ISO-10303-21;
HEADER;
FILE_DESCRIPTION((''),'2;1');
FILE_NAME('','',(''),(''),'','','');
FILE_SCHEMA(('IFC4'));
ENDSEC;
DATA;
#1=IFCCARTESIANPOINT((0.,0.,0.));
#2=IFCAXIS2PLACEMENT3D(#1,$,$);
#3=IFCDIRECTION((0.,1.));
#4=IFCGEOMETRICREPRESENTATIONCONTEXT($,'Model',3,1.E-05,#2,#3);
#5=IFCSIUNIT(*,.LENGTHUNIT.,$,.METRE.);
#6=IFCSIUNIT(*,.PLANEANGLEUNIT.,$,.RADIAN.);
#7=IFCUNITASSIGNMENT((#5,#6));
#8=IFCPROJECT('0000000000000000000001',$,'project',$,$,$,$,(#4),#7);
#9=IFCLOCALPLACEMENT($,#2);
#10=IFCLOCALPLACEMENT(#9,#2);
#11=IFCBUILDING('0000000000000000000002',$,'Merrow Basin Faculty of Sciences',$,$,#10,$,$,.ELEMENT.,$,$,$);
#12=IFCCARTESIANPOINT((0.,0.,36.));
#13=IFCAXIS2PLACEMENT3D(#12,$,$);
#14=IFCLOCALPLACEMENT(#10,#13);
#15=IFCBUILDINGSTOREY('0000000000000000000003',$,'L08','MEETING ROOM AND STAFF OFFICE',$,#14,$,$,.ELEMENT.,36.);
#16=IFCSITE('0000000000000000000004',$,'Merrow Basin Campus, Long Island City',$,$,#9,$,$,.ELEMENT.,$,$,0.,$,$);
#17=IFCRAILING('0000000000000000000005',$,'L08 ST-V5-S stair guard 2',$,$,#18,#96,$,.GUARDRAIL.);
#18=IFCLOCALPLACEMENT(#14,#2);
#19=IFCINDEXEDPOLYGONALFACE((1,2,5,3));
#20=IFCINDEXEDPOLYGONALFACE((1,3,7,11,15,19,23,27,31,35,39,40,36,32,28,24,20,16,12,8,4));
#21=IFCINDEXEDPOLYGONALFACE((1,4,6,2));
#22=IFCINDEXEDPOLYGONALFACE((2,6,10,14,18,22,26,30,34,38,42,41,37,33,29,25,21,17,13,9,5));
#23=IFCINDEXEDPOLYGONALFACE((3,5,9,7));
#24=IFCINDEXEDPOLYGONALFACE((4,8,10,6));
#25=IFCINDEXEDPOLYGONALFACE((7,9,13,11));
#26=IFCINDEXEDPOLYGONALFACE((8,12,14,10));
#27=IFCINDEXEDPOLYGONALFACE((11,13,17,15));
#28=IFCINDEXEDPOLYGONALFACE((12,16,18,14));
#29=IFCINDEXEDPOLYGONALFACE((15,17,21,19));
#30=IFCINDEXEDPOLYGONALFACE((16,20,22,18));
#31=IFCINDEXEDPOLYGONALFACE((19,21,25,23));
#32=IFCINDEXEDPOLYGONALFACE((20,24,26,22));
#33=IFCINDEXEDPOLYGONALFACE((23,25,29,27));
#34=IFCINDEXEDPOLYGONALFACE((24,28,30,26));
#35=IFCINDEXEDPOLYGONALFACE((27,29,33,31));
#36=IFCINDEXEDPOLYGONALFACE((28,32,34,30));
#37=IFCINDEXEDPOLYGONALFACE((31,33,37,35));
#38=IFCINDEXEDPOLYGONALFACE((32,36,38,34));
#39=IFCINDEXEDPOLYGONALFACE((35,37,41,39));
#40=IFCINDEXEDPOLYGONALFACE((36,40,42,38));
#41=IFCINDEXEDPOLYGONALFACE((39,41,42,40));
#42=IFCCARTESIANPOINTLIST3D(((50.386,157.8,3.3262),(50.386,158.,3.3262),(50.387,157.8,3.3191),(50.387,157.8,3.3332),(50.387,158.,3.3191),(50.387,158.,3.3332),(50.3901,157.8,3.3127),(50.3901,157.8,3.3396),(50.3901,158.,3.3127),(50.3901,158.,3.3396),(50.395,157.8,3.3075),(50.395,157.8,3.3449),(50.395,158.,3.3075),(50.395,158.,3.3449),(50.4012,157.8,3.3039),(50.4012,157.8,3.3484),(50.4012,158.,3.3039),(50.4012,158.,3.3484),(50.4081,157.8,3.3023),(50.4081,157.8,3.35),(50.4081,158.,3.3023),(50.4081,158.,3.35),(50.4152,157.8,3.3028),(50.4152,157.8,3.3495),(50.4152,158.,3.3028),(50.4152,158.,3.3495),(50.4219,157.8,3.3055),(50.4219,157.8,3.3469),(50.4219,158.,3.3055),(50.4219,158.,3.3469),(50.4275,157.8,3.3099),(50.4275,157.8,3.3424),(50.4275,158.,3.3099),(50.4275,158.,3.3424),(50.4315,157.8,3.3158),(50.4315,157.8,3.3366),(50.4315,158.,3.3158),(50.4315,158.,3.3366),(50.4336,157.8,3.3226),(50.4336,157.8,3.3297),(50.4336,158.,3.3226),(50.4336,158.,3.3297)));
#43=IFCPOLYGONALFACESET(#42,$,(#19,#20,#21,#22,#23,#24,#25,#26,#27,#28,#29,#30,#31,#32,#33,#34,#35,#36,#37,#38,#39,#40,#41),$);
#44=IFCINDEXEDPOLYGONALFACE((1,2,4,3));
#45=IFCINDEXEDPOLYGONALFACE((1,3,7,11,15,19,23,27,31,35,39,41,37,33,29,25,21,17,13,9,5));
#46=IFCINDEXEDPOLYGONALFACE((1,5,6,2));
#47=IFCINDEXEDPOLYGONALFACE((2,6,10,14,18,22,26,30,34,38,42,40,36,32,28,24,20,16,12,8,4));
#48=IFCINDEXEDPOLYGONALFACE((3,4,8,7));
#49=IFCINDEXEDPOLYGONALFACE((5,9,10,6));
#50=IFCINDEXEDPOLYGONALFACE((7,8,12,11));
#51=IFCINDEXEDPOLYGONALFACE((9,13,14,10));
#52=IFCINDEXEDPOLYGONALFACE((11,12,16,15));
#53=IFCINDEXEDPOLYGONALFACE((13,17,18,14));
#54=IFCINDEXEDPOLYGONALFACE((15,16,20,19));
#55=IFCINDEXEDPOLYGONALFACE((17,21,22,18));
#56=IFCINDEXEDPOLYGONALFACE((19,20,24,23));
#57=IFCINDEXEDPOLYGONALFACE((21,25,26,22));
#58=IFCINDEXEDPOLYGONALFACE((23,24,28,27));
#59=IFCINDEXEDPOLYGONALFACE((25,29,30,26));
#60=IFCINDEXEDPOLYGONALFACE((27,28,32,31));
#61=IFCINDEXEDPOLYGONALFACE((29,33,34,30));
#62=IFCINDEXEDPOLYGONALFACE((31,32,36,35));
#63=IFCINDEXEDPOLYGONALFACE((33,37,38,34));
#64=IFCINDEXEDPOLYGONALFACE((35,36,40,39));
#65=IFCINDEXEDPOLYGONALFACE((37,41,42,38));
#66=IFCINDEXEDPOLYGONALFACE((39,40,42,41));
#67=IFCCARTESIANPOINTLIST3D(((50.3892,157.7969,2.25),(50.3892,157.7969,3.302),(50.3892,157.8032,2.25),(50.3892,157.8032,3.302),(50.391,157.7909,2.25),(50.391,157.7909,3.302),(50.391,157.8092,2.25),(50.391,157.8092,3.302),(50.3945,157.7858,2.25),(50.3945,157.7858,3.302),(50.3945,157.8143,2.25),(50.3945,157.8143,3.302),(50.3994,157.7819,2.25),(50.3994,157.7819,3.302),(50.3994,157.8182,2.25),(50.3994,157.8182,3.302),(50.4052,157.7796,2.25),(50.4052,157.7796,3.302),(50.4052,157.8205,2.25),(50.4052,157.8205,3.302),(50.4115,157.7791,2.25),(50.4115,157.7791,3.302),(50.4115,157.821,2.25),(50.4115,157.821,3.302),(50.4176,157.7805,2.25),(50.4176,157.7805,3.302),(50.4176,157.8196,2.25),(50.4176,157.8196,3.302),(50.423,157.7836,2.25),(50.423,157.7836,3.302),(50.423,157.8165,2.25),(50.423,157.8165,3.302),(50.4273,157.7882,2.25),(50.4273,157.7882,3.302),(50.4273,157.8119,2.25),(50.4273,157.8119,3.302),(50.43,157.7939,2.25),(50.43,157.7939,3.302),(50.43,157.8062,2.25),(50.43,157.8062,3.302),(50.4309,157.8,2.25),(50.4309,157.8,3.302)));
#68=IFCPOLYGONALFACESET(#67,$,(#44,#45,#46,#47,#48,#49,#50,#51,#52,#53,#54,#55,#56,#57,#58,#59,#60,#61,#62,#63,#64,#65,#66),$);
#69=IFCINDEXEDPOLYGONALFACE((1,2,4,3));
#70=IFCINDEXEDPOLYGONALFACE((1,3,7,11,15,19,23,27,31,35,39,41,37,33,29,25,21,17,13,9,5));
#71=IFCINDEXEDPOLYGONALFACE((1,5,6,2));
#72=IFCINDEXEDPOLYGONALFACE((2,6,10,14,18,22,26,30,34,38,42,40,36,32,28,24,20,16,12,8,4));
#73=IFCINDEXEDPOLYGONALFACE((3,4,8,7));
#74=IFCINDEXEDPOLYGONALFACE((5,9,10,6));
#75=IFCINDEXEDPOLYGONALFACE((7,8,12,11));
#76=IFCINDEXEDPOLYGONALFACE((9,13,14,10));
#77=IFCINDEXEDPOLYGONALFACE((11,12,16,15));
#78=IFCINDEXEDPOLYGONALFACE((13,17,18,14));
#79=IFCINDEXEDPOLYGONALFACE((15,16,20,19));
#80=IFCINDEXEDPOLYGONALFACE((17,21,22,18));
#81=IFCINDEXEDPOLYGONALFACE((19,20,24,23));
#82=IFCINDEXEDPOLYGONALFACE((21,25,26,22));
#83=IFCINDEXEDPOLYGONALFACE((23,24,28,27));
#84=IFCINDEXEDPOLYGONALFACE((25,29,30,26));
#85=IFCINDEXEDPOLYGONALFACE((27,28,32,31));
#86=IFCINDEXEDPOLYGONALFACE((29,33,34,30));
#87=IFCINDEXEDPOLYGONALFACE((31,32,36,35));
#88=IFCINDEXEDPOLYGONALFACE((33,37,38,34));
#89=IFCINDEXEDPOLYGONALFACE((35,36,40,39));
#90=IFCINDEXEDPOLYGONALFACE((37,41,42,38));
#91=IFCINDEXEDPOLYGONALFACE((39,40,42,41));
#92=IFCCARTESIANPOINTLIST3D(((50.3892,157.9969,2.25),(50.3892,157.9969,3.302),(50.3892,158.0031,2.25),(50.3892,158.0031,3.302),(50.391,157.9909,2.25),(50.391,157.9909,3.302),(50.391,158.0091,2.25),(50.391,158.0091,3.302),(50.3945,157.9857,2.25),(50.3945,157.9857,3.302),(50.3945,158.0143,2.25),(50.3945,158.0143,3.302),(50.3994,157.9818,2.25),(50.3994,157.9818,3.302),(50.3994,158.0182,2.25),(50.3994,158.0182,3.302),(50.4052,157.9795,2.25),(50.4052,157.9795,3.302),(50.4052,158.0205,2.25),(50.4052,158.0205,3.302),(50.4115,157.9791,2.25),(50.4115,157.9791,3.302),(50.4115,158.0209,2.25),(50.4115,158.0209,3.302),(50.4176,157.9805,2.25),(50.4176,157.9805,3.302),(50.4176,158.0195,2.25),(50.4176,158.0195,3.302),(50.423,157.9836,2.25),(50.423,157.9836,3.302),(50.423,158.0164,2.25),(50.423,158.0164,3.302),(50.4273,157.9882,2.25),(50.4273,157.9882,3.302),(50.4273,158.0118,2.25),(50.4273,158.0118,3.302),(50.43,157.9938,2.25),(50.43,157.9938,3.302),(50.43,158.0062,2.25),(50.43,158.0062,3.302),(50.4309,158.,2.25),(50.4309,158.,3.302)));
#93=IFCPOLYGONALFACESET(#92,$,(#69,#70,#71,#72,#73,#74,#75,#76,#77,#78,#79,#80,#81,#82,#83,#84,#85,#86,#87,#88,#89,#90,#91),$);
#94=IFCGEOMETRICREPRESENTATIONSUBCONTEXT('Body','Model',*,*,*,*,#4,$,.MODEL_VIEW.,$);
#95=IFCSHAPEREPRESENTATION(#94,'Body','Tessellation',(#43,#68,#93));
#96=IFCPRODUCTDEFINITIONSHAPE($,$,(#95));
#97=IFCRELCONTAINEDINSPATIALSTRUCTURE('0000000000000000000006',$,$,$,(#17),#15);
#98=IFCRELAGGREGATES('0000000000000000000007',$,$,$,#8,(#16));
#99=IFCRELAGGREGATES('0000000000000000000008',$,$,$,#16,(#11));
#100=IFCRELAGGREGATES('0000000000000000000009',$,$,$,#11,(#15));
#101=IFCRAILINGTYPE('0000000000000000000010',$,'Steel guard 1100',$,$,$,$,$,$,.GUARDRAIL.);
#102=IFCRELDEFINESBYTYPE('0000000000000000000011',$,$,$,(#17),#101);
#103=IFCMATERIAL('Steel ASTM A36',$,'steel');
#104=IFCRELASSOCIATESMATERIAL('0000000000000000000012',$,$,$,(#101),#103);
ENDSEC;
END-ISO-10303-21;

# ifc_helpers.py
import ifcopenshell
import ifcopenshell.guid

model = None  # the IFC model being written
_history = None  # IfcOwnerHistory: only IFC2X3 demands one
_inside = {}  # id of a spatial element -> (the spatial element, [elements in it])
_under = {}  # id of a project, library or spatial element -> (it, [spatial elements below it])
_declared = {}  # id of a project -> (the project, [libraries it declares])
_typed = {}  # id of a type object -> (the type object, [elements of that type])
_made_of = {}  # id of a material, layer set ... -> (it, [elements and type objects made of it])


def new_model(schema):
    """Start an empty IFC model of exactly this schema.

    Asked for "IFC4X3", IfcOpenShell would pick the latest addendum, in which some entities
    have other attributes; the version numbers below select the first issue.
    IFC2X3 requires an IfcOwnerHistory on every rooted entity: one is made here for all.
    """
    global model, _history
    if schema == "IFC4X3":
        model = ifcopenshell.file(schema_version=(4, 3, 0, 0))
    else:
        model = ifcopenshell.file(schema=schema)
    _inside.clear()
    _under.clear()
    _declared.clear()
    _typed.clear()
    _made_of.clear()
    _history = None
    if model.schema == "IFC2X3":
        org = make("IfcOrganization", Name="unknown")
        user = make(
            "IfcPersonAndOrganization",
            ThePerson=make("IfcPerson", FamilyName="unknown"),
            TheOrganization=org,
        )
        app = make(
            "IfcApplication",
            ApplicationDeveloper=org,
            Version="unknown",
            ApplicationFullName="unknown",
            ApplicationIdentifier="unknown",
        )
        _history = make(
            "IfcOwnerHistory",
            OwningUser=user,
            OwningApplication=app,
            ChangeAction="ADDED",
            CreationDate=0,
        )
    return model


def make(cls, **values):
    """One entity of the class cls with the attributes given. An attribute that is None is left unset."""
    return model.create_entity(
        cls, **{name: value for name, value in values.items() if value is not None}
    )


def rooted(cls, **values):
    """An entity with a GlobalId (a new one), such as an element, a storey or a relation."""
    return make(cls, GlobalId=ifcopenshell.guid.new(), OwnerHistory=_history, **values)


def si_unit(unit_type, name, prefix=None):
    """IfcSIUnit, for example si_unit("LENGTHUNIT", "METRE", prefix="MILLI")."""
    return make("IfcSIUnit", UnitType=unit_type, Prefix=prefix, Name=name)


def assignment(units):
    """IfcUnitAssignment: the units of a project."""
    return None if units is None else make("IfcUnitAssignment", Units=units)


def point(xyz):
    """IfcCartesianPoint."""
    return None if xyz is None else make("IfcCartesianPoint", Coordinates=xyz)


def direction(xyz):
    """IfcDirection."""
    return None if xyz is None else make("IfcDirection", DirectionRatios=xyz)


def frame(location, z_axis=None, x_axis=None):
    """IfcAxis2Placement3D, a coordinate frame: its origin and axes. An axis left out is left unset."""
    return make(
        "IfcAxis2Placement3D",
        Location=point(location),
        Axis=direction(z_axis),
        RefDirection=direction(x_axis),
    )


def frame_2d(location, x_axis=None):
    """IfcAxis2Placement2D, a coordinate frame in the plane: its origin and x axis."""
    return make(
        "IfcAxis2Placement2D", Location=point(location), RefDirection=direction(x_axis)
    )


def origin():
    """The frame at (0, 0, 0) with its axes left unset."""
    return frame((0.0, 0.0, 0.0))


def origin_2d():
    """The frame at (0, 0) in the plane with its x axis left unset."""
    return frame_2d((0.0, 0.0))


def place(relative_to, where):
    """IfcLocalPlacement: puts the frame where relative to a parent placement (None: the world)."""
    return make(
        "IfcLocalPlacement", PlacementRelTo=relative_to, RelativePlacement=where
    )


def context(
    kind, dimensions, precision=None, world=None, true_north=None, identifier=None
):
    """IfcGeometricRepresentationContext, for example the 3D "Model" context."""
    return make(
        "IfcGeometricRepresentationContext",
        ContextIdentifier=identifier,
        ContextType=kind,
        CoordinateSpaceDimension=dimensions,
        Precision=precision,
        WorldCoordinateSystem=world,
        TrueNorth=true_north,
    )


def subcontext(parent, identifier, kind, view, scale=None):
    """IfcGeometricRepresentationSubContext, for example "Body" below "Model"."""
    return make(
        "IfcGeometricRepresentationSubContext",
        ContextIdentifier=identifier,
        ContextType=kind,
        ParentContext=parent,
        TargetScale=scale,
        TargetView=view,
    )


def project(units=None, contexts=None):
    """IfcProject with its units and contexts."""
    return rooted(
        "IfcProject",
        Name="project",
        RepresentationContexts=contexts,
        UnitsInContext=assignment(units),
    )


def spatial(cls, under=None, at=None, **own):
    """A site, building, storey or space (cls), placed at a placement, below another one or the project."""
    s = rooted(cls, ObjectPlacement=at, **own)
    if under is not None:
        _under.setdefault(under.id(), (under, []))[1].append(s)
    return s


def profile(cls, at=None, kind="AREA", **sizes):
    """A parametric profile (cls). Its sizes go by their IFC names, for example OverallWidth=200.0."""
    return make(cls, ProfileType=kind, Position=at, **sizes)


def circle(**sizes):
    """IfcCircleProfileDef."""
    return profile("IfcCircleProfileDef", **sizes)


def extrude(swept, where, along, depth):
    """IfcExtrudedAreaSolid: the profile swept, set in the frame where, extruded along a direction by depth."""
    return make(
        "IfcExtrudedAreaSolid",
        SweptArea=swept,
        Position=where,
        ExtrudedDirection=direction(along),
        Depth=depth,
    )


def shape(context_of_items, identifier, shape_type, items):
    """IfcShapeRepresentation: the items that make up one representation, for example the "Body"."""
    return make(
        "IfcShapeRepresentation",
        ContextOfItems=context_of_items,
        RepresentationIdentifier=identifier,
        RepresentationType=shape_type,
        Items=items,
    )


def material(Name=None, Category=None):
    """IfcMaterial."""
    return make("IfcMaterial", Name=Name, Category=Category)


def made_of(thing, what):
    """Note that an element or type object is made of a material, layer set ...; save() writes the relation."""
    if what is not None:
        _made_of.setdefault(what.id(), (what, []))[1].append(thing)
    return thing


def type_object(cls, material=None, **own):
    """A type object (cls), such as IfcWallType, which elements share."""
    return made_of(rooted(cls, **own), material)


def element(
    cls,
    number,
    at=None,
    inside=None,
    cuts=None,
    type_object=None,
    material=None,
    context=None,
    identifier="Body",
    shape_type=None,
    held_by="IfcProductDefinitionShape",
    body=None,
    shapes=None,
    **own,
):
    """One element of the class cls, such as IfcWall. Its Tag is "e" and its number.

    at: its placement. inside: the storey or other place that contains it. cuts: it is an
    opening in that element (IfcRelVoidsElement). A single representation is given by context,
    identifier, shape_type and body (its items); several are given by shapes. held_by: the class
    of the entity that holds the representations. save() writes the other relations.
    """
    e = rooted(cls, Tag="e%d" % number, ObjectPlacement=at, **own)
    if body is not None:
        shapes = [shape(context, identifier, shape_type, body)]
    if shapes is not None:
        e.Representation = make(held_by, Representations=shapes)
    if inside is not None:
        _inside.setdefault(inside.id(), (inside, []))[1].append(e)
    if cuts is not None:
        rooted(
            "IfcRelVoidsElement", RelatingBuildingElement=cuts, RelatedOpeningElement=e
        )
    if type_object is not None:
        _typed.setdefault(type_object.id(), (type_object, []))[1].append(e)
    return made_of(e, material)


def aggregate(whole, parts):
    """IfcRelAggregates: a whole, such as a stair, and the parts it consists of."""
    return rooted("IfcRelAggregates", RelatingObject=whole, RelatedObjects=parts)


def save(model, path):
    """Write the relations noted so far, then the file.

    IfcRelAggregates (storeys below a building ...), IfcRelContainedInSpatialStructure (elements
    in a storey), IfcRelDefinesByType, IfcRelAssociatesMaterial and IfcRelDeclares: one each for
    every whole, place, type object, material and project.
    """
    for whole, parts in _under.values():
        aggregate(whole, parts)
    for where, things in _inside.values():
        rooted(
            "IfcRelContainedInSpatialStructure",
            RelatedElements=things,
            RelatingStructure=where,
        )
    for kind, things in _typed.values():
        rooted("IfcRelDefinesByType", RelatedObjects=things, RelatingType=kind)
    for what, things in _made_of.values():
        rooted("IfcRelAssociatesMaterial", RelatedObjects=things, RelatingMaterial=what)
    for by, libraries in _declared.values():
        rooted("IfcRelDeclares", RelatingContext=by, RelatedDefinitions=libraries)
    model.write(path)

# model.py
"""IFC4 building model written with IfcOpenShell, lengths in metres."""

from ifc_helpers import new_model, si_unit, direction, frame, origin, origin_2d, place, context, subcontext, project, spatial, circle, extrude, material, type_object, element, save


model = new_model("IFC4")

# Units and contexts
model_context = context("Model", 3, precision=1e-05, world=origin(), true_north=direction((0.0, 1.0)))
body_context = subcontext(model_context, "Body", "Model", "MODEL_VIEW")
ifc_project = project(units=[si_unit("LENGTHUNIT", "METRE"), si_unit("PLANEANGLEUNIT", "RADIAN")], contexts=[model_context])

# Site, building, storey
site_placement = place(None, origin())
site = spatial("IfcSite", under=ifc_project, at=site_placement, Name="Merrow Basin Campus, Long Island City", CompositionType="ELEMENT", RefElevation=0.0)
building_placement = place(site_placement, origin())
building = spatial("IfcBuilding", under=site, at=building_placement, Name="Merrow Basin Faculty of Sciences", CompositionType="ELEMENT")
storey_placement = place(building_placement, frame((0.0, 0.0, 36.0)))
storey = spatial("IfcBuildingStorey", under=building, at=storey_placement, Name="L08", Description="MEETING ROOM AND STAFF OFFICE", CompositionType="ELEMENT", Elevation=36.0)

# Railing
ifc_material_1 = material(Name="Steel ASTM A36", Category="steel")
railing_type_1 = type_object("IfcRailingType", Name="Steel guard 1100", PredefinedType="GUARDRAIL", material=ifc_material_1)
railing_1_placement = place(storey_placement, frame((50.4099, 157.8, 2.25)))
element("IfcRailing", 1, at=railing_1_placement, inside=storey, type_object=railing_type_1, Name="L08 ST-V5-S stair guard 2", PredefinedType="GUARDRAIL", context=body_context, shape_type="SweptSolid", body=[
    extrude(circle(Radius=0.0239, at=origin_2d()), frame((0.0, 0.0, 1.0762), z_axis=(0.0, 1.0, 0.0), x_axis=(-1.0, 0.0, 0.0)), (0.0, 0.0, 1.0), 0.2),
    extrude(circle(Radius=0.021, at=origin_2d()), origin(), (0.0, 0.0, 1.0), 1.052),
    extrude(circle(Radius=0.021, at=origin_2d()), frame((0.0, 0.2, 0.0)), (0.0, 0.0, 1.0), 1.052),
])

save(model, "model.ifc")
